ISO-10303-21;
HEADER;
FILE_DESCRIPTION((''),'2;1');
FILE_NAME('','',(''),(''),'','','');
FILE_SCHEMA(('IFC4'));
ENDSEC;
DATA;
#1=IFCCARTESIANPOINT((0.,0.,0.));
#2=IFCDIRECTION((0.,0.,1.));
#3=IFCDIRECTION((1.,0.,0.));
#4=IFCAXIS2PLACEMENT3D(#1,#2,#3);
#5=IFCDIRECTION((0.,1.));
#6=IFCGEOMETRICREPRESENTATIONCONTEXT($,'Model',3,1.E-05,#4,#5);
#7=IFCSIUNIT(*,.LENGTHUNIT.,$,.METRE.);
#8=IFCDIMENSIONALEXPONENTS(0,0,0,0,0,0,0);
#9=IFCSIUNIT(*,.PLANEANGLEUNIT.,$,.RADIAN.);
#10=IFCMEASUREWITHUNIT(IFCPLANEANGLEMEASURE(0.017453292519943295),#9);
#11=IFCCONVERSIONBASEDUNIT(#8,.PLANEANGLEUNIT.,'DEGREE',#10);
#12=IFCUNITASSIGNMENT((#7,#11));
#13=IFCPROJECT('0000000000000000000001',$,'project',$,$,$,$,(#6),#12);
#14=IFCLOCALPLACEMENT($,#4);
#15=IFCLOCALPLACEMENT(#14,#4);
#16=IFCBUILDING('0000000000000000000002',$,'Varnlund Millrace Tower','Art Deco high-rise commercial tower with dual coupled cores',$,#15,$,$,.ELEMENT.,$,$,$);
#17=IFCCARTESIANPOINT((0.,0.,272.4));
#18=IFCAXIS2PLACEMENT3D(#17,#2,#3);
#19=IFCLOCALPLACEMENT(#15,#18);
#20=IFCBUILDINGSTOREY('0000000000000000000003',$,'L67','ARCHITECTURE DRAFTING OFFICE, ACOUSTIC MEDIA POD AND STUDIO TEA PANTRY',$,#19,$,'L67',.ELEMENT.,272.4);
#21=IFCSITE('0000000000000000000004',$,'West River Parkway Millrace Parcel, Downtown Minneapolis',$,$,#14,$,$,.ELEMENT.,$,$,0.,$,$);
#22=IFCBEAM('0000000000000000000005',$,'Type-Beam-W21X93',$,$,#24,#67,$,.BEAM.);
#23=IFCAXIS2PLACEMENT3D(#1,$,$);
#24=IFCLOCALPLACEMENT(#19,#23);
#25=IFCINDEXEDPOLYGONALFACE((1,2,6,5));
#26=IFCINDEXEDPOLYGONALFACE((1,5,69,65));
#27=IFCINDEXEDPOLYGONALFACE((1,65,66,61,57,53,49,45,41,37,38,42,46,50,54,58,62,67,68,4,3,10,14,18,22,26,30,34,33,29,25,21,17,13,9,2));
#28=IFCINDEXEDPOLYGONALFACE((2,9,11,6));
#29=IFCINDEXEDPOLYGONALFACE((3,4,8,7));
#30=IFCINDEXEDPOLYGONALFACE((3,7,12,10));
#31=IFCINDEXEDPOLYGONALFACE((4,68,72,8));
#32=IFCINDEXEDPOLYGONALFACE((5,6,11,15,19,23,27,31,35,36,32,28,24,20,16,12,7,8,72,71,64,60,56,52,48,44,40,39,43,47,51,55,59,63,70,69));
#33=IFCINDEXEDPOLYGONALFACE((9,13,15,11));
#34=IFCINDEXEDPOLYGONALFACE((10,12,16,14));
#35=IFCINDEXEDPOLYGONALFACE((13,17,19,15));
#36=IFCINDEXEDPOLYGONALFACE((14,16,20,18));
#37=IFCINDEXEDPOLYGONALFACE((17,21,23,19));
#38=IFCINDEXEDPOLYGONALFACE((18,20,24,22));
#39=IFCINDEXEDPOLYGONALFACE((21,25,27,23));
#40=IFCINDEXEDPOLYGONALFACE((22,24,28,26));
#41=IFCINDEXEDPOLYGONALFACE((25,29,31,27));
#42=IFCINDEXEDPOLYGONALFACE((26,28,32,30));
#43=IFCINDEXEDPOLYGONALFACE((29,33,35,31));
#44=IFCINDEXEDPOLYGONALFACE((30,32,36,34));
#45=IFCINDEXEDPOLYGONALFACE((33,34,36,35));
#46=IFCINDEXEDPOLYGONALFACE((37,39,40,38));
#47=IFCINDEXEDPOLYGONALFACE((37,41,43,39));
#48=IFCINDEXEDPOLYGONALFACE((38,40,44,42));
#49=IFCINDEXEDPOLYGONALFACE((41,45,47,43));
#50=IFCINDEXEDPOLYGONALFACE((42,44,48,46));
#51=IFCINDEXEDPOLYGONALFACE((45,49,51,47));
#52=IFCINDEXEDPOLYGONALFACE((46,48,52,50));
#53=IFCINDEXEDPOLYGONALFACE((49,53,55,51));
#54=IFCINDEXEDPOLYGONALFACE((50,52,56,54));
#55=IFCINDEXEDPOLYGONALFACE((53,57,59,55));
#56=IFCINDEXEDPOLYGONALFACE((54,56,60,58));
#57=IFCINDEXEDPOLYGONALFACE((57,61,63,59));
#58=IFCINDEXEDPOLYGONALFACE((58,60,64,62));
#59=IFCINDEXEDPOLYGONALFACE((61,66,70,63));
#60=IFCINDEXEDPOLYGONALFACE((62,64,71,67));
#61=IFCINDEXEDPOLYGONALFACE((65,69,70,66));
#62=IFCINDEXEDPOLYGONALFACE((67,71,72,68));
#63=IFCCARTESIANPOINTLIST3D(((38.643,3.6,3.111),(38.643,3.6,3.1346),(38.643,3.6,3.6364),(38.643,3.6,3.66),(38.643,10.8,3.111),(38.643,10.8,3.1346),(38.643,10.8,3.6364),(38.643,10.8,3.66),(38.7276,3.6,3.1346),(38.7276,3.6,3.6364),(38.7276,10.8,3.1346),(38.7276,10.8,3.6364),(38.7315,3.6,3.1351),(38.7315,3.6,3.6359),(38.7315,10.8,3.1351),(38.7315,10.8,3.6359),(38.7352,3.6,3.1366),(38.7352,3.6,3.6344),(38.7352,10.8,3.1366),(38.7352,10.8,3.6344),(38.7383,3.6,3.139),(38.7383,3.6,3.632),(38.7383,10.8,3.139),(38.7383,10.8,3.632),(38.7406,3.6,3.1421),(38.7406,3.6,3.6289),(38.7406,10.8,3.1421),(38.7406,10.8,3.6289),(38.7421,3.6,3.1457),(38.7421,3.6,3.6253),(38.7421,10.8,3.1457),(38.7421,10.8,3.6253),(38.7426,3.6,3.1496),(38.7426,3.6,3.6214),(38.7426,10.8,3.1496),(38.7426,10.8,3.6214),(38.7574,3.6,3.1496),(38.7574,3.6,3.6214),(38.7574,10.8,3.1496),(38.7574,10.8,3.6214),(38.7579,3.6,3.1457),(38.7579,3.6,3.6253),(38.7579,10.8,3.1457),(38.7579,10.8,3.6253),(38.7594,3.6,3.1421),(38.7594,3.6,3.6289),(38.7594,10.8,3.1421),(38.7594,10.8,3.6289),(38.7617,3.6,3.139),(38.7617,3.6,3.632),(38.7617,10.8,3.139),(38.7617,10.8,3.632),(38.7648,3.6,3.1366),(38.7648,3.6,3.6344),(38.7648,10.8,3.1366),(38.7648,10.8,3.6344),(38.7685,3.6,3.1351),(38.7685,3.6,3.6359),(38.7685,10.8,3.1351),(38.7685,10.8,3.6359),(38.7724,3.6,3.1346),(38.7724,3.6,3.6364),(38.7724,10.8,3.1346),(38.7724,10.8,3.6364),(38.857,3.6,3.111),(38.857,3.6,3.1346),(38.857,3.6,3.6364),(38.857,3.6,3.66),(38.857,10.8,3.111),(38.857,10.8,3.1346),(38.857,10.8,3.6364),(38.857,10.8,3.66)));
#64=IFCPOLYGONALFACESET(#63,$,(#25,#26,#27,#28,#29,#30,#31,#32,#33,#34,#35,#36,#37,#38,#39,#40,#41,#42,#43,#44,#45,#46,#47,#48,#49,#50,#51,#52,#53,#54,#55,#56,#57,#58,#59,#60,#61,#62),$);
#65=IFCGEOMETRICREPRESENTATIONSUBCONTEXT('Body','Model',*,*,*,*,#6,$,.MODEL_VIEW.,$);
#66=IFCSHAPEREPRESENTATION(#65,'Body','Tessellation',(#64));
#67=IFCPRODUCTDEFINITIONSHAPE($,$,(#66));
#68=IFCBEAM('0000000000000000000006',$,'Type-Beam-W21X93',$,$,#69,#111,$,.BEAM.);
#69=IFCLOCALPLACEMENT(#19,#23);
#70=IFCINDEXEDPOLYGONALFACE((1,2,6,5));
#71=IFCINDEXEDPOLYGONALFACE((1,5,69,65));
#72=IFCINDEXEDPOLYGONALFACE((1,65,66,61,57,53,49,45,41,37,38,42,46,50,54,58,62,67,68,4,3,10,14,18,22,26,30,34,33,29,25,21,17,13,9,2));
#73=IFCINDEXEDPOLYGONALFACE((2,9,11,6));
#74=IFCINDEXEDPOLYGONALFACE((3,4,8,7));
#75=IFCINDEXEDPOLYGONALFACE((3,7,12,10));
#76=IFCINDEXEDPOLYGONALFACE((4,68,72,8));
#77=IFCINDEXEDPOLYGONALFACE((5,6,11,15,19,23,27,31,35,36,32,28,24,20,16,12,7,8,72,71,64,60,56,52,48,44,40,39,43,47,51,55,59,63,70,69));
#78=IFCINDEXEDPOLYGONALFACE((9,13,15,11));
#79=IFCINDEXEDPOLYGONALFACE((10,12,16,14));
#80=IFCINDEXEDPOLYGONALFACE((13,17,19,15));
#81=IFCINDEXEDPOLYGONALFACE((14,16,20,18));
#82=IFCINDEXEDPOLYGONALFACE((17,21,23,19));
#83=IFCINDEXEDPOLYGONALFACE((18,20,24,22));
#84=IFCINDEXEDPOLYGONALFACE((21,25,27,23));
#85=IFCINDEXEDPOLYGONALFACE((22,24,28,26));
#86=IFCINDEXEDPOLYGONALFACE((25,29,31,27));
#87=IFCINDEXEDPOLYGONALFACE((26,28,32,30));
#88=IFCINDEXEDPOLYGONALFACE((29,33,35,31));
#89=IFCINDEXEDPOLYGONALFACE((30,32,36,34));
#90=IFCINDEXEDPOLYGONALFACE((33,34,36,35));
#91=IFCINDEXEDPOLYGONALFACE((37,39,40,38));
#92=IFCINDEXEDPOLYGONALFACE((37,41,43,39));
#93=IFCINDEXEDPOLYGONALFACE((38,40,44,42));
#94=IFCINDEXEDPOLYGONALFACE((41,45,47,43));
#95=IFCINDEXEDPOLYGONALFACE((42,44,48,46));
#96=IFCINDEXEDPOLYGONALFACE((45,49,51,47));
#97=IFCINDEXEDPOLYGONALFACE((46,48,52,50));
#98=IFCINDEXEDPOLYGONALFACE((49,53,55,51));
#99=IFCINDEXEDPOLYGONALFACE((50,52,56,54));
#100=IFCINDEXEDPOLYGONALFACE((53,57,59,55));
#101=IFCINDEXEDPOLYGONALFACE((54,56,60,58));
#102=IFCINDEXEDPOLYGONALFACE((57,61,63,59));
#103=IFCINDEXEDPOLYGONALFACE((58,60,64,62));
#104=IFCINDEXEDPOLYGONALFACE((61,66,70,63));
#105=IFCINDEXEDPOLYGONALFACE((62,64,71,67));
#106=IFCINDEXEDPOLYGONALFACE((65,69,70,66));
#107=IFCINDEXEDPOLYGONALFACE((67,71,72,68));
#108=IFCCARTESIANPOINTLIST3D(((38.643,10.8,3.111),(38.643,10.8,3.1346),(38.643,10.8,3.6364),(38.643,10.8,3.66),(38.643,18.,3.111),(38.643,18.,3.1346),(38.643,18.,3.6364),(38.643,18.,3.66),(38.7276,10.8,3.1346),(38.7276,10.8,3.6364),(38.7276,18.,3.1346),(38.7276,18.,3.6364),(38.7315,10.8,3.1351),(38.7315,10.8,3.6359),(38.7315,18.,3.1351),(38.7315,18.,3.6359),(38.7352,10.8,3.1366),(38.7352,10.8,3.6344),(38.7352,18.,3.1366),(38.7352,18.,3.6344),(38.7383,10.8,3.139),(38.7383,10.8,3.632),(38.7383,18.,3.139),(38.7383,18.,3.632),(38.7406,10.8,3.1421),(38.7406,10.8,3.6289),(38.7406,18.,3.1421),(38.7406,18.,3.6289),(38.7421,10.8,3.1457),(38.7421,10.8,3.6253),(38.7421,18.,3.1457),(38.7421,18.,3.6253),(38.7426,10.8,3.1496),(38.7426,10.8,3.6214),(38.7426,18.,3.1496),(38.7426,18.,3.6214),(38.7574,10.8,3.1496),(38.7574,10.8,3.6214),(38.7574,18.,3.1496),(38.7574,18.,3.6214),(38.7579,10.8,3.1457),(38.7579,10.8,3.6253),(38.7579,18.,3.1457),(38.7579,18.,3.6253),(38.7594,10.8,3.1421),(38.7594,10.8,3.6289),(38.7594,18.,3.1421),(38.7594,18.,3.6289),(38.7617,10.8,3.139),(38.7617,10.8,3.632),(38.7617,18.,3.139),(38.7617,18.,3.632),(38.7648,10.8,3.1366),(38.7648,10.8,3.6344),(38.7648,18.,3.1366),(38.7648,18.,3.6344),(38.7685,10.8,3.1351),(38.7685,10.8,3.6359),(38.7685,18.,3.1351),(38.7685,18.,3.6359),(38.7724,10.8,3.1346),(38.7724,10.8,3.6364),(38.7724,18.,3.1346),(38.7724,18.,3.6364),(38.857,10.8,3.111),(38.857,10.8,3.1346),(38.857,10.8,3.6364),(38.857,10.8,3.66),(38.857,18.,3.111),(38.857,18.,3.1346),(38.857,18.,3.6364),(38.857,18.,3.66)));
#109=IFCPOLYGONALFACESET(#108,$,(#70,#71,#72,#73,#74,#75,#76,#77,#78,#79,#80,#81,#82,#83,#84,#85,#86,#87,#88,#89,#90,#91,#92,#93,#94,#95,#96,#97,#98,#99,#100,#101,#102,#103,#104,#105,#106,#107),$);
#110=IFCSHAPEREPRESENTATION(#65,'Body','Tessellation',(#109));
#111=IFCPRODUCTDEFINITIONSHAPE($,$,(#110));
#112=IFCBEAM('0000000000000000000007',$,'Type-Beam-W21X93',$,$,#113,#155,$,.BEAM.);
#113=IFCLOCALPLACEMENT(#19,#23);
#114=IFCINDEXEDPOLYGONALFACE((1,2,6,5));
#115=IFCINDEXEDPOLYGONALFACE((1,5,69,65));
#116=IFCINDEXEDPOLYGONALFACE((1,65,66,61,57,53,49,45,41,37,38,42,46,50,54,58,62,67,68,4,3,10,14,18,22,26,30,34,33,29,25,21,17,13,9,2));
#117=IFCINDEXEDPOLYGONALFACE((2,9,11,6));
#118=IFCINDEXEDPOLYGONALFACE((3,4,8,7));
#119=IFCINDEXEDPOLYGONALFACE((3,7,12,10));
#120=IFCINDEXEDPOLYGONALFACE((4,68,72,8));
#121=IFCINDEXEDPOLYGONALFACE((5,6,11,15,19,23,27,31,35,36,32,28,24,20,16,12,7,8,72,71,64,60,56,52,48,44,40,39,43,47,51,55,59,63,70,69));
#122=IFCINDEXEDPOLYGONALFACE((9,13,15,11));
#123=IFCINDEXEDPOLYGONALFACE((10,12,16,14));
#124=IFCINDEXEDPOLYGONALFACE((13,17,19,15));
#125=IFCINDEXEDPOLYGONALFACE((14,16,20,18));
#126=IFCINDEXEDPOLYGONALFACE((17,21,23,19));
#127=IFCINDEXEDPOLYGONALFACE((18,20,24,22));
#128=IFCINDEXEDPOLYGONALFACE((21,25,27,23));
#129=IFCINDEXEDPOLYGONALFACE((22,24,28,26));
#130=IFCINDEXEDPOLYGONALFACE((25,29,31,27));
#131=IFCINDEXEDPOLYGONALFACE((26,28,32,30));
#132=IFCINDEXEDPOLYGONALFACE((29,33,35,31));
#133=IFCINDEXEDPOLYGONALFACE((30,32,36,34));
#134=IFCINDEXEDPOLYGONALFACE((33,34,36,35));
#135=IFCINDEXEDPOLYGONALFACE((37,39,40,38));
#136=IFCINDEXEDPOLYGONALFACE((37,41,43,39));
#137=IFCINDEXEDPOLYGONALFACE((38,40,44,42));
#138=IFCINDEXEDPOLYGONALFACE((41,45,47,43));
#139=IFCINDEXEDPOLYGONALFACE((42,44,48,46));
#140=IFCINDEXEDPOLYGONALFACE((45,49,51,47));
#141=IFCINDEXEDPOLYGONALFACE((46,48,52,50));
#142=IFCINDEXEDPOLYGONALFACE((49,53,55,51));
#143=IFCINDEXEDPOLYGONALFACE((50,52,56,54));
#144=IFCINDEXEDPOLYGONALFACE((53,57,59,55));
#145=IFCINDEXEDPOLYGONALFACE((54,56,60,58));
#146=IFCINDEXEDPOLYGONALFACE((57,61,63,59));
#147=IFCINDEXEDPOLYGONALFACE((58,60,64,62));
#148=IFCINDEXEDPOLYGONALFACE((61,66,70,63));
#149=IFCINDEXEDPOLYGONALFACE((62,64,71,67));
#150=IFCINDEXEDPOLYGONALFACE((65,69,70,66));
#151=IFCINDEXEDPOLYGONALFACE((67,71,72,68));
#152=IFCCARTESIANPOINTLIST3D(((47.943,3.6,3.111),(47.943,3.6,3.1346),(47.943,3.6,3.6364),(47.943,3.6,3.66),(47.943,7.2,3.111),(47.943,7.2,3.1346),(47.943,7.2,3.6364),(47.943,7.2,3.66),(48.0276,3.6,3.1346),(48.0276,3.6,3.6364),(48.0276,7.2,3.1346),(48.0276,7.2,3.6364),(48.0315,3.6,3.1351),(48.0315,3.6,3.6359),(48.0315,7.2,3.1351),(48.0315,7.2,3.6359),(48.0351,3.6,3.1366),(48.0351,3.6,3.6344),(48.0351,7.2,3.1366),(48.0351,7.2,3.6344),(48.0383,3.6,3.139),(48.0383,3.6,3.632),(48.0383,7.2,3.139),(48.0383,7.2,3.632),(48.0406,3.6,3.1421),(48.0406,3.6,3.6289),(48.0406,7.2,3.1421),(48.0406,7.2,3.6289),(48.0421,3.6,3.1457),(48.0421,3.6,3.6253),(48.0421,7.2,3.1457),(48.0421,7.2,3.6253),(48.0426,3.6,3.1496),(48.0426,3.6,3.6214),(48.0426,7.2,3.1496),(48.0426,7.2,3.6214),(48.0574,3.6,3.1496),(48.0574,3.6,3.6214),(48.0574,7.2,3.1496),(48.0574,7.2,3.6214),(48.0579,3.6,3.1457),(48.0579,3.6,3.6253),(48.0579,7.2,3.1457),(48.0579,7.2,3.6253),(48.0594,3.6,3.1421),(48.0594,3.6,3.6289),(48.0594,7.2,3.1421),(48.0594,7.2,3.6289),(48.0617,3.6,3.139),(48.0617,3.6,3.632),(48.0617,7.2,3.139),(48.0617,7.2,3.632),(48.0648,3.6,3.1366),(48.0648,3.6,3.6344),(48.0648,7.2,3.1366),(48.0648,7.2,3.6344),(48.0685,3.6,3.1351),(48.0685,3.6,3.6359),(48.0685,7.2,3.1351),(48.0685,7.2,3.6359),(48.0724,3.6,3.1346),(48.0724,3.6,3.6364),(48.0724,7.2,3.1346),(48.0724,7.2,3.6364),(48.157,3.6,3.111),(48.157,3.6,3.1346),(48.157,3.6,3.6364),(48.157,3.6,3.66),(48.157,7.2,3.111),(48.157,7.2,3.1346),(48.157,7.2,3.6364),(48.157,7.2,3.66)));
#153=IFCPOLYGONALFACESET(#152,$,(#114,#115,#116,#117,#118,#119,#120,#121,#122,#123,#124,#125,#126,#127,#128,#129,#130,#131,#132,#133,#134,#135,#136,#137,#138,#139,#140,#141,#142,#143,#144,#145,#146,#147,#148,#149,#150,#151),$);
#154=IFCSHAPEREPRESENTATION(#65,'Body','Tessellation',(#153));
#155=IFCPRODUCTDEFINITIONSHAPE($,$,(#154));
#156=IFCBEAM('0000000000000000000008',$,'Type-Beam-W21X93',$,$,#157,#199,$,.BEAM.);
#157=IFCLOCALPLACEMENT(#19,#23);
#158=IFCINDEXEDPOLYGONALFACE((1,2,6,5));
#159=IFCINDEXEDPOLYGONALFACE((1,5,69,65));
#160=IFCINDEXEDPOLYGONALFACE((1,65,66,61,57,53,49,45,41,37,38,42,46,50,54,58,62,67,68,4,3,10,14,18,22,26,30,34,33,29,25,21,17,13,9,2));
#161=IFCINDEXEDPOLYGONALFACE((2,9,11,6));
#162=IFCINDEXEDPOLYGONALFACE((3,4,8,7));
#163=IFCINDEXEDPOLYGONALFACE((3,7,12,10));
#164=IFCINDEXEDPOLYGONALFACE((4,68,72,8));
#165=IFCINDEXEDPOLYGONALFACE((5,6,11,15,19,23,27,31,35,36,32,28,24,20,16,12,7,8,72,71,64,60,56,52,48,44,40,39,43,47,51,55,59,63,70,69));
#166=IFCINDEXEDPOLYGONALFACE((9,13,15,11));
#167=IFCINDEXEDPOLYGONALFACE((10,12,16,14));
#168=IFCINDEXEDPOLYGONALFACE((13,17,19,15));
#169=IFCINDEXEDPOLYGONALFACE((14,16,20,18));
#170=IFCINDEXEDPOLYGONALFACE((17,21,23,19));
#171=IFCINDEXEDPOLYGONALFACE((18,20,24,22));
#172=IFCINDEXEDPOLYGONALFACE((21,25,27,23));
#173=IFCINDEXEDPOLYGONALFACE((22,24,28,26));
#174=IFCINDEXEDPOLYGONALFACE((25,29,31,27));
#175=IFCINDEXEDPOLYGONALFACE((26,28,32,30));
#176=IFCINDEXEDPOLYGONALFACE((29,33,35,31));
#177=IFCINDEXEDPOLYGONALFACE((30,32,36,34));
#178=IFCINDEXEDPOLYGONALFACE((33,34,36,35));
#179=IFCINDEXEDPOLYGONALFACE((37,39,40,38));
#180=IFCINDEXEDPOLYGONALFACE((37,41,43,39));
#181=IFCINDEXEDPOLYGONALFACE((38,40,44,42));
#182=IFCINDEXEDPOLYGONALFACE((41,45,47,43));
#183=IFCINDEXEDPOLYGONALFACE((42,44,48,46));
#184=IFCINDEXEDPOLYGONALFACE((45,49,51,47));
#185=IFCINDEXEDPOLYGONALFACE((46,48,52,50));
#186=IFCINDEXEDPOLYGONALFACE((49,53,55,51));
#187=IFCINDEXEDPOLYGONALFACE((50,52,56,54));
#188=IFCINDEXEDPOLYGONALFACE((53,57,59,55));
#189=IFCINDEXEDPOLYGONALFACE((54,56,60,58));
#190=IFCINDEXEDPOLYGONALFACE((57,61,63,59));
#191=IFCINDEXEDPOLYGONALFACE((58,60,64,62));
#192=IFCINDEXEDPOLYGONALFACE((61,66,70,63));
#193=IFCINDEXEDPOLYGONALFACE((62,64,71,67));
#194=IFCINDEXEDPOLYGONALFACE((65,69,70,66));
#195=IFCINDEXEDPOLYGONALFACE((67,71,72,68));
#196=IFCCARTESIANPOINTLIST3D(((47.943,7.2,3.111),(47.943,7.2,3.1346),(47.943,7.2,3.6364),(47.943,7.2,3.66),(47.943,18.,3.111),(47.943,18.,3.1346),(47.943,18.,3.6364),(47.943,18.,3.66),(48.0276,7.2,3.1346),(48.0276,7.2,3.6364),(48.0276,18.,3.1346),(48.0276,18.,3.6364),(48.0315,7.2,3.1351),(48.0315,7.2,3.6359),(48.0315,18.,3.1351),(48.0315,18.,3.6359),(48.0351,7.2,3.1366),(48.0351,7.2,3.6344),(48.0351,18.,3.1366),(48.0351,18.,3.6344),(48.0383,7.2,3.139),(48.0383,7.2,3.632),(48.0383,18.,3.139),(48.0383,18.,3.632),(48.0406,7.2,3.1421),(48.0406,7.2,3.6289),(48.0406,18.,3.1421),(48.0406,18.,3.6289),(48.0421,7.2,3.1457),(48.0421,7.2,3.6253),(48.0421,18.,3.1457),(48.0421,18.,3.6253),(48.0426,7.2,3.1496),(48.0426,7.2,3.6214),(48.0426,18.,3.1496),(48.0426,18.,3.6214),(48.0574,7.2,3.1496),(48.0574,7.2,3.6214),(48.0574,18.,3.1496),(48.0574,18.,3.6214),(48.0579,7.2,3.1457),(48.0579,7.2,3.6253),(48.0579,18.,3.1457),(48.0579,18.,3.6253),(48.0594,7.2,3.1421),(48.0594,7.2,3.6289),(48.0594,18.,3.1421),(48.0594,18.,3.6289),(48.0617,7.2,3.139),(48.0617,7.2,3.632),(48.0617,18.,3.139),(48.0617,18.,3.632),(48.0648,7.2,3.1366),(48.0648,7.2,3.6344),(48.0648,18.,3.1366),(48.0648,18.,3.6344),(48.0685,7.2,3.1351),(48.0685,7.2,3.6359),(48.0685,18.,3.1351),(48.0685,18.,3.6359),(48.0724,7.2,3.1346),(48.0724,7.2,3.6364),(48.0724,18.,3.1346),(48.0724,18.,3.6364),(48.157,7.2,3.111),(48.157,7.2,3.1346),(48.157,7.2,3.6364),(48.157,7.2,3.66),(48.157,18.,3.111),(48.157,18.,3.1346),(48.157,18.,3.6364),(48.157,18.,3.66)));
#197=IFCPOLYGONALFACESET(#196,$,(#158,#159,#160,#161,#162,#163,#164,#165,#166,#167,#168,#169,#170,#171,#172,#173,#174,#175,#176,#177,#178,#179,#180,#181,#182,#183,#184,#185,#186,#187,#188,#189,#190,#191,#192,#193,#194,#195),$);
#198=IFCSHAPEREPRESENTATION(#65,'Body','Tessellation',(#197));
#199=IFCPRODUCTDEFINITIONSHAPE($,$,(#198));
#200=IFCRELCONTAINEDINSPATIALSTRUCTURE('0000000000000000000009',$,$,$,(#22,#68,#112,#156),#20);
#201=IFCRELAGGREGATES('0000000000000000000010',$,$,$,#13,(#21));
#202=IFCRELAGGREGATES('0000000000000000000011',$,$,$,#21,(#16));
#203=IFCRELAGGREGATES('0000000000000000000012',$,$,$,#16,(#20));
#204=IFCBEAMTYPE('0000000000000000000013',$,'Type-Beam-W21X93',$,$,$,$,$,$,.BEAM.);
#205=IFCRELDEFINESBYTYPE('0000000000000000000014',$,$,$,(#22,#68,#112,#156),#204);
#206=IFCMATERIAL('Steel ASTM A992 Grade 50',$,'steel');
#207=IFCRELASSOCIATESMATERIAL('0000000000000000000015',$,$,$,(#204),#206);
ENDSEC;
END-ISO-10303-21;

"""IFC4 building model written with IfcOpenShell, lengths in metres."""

from ifc_helpers import new_model, entity, si_unit, converted_unit, direction, frame, origin_with_axes, origin_2d_with_axis, place, context, subcontext, project, spatial, i_section, extrude, material, material_profile, profile_set, type_object, element, save


model = new_model("IFC4")

# Units and contexts
model_context = context("Model", 3, precision=1e-05, world=origin_with_axes(), true_north=direction((0.0, 1.0)))
body_context = subcontext(model_context, "Body", "Model", "MODEL_VIEW")
ifc_project = project(units=[si_unit("LENGTHUNIT", "METRE"), converted_unit("PLANEANGLEUNIT", "DEGREE", entity("IfcPlaneAngleMeasure", 0.017453292519943295), si_unit("PLANEANGLEUNIT", "RADIAN"), dimensions=[0, 0, 0, 0, 0, 0, 0])], contexts=[model_context])

# Site, building, storey
site_placement = place(None, origin_with_axes())
site = spatial("IfcSite", under=ifc_project, at=site_placement, Name="West River Parkway Millrace Parcel, Downtown Minneapolis", CompositionType="ELEMENT", RefElevation=0.0)
building_placement = place(site_placement, origin_with_axes())
building = spatial("IfcBuilding", under=site, at=building_placement, Name="Varnlund Millrace Tower", Description="Art Deco high-rise commercial tower with dual coupled cores", CompositionType="ELEMENT")
storey_placement = place(building_placement, frame((0.0, 0.0, 272.4), z_axis=(0.0, 0.0, 1.0), x_axis=(1.0, 0.0, 0.0)))
storey = spatial("IfcBuildingStorey", under=building, at=storey_placement, Name="L67", Description="ARCHITECTURE DRAFTING OFFICE, ACOUSTIC MEDIA POD AND STUDIO TEA PANTRY", LongName="L67", CompositionType="ELEMENT", Elevation=272.4)

# Beams
ifc_material_1 = material(Name="Steel ASTM A992 Grade 50", Category="steel")
ifc_material_profile_1 = material_profile(ifc_material_1, i_section(OverallWidth=0.214, OverallDepth=0.549, WebThickness=0.0147, FlangeThickness=0.0236, FilletRadius=0.015, at=origin_2d_with_axis()), Name="Steel ASTM A992 Grade 50")
ifc_profile_set_1 = profile_set([ifc_material_profile_1], Name="Steel ASTM A992 Grade 50")
beam_type_1 = type_object("IfcBeamType", Name="Type-Beam-W21X93", PredefinedType="BEAM", material=ifc_profile_set_1)
for number, where, z_axis, x_axis, name in (
    (1, (38.75, 3.6, 3.3855), (0.0, 1.0, 0.0), (-1.0, 0.0, 0.0), "Type-Beam-W21X93"),
    (2, (38.75, 10.8, 3.3855), (0.0, 1.0, 0.0), (-1.0, 0.0, 0.0), "Type-Beam-W21X93"),
):
    element("IfcBeam", number, at=place(storey_placement, frame(where, z_axis=z_axis, x_axis=x_axis)), inside=storey, type_object=beam_type_1, Name=name, PredefinedType="BEAM", context=body_context, shape_type="SweptSolid", body=[
        extrude(i_section(OverallWidth=0.214, OverallDepth=0.549, WebThickness=0.0147, FlangeThickness=0.0236, FilletRadius=0.015, at=origin_2d_with_axis()), origin_with_axes(), (0.0, 0.0, 1.0), 7.2),
    ])
beam_1_placement = place(storey_placement, frame((48.05, 3.6, 3.3855), z_axis=(0.0, 1.0, 0.0), x_axis=(-1.0, 0.0, 0.0)))
element("IfcBeam", 3, at=beam_1_placement, inside=storey, type_object=beam_type_1, Name="Type-Beam-W21X93", PredefinedType="BEAM", context=body_context, shape_type="SweptSolid", body=[
    extrude(i_section(OverallWidth=0.214, OverallDepth=0.549, WebThickness=0.0147, FlangeThickness=0.0236, FilletRadius=0.015, at=origin_2d_with_axis()), origin_with_axes(), (0.0, 0.0, 1.0), 3.6),
])
beam_2_placement = place(storey_placement, frame((48.05, 7.2, 3.3855), z_axis=(0.0, 1.0, 0.0), x_axis=(-1.0, 0.0, 0.0)))
element("IfcBeam", 4, at=beam_2_placement, inside=storey, type_object=beam_type_1, Name="Type-Beam-W21X93", PredefinedType="BEAM", context=body_context, shape_type="SweptSolid", body=[
    extrude(i_section(OverallWidth=0.214, OverallDepth=0.549, WebThickness=0.0147, FlangeThickness=0.0236, FilletRadius=0.015, at=origin_2d_with_axis()), origin_with_axes(), (0.0, 0.0, 1.0), 10.8),
])

save(model, "model.ifc")
